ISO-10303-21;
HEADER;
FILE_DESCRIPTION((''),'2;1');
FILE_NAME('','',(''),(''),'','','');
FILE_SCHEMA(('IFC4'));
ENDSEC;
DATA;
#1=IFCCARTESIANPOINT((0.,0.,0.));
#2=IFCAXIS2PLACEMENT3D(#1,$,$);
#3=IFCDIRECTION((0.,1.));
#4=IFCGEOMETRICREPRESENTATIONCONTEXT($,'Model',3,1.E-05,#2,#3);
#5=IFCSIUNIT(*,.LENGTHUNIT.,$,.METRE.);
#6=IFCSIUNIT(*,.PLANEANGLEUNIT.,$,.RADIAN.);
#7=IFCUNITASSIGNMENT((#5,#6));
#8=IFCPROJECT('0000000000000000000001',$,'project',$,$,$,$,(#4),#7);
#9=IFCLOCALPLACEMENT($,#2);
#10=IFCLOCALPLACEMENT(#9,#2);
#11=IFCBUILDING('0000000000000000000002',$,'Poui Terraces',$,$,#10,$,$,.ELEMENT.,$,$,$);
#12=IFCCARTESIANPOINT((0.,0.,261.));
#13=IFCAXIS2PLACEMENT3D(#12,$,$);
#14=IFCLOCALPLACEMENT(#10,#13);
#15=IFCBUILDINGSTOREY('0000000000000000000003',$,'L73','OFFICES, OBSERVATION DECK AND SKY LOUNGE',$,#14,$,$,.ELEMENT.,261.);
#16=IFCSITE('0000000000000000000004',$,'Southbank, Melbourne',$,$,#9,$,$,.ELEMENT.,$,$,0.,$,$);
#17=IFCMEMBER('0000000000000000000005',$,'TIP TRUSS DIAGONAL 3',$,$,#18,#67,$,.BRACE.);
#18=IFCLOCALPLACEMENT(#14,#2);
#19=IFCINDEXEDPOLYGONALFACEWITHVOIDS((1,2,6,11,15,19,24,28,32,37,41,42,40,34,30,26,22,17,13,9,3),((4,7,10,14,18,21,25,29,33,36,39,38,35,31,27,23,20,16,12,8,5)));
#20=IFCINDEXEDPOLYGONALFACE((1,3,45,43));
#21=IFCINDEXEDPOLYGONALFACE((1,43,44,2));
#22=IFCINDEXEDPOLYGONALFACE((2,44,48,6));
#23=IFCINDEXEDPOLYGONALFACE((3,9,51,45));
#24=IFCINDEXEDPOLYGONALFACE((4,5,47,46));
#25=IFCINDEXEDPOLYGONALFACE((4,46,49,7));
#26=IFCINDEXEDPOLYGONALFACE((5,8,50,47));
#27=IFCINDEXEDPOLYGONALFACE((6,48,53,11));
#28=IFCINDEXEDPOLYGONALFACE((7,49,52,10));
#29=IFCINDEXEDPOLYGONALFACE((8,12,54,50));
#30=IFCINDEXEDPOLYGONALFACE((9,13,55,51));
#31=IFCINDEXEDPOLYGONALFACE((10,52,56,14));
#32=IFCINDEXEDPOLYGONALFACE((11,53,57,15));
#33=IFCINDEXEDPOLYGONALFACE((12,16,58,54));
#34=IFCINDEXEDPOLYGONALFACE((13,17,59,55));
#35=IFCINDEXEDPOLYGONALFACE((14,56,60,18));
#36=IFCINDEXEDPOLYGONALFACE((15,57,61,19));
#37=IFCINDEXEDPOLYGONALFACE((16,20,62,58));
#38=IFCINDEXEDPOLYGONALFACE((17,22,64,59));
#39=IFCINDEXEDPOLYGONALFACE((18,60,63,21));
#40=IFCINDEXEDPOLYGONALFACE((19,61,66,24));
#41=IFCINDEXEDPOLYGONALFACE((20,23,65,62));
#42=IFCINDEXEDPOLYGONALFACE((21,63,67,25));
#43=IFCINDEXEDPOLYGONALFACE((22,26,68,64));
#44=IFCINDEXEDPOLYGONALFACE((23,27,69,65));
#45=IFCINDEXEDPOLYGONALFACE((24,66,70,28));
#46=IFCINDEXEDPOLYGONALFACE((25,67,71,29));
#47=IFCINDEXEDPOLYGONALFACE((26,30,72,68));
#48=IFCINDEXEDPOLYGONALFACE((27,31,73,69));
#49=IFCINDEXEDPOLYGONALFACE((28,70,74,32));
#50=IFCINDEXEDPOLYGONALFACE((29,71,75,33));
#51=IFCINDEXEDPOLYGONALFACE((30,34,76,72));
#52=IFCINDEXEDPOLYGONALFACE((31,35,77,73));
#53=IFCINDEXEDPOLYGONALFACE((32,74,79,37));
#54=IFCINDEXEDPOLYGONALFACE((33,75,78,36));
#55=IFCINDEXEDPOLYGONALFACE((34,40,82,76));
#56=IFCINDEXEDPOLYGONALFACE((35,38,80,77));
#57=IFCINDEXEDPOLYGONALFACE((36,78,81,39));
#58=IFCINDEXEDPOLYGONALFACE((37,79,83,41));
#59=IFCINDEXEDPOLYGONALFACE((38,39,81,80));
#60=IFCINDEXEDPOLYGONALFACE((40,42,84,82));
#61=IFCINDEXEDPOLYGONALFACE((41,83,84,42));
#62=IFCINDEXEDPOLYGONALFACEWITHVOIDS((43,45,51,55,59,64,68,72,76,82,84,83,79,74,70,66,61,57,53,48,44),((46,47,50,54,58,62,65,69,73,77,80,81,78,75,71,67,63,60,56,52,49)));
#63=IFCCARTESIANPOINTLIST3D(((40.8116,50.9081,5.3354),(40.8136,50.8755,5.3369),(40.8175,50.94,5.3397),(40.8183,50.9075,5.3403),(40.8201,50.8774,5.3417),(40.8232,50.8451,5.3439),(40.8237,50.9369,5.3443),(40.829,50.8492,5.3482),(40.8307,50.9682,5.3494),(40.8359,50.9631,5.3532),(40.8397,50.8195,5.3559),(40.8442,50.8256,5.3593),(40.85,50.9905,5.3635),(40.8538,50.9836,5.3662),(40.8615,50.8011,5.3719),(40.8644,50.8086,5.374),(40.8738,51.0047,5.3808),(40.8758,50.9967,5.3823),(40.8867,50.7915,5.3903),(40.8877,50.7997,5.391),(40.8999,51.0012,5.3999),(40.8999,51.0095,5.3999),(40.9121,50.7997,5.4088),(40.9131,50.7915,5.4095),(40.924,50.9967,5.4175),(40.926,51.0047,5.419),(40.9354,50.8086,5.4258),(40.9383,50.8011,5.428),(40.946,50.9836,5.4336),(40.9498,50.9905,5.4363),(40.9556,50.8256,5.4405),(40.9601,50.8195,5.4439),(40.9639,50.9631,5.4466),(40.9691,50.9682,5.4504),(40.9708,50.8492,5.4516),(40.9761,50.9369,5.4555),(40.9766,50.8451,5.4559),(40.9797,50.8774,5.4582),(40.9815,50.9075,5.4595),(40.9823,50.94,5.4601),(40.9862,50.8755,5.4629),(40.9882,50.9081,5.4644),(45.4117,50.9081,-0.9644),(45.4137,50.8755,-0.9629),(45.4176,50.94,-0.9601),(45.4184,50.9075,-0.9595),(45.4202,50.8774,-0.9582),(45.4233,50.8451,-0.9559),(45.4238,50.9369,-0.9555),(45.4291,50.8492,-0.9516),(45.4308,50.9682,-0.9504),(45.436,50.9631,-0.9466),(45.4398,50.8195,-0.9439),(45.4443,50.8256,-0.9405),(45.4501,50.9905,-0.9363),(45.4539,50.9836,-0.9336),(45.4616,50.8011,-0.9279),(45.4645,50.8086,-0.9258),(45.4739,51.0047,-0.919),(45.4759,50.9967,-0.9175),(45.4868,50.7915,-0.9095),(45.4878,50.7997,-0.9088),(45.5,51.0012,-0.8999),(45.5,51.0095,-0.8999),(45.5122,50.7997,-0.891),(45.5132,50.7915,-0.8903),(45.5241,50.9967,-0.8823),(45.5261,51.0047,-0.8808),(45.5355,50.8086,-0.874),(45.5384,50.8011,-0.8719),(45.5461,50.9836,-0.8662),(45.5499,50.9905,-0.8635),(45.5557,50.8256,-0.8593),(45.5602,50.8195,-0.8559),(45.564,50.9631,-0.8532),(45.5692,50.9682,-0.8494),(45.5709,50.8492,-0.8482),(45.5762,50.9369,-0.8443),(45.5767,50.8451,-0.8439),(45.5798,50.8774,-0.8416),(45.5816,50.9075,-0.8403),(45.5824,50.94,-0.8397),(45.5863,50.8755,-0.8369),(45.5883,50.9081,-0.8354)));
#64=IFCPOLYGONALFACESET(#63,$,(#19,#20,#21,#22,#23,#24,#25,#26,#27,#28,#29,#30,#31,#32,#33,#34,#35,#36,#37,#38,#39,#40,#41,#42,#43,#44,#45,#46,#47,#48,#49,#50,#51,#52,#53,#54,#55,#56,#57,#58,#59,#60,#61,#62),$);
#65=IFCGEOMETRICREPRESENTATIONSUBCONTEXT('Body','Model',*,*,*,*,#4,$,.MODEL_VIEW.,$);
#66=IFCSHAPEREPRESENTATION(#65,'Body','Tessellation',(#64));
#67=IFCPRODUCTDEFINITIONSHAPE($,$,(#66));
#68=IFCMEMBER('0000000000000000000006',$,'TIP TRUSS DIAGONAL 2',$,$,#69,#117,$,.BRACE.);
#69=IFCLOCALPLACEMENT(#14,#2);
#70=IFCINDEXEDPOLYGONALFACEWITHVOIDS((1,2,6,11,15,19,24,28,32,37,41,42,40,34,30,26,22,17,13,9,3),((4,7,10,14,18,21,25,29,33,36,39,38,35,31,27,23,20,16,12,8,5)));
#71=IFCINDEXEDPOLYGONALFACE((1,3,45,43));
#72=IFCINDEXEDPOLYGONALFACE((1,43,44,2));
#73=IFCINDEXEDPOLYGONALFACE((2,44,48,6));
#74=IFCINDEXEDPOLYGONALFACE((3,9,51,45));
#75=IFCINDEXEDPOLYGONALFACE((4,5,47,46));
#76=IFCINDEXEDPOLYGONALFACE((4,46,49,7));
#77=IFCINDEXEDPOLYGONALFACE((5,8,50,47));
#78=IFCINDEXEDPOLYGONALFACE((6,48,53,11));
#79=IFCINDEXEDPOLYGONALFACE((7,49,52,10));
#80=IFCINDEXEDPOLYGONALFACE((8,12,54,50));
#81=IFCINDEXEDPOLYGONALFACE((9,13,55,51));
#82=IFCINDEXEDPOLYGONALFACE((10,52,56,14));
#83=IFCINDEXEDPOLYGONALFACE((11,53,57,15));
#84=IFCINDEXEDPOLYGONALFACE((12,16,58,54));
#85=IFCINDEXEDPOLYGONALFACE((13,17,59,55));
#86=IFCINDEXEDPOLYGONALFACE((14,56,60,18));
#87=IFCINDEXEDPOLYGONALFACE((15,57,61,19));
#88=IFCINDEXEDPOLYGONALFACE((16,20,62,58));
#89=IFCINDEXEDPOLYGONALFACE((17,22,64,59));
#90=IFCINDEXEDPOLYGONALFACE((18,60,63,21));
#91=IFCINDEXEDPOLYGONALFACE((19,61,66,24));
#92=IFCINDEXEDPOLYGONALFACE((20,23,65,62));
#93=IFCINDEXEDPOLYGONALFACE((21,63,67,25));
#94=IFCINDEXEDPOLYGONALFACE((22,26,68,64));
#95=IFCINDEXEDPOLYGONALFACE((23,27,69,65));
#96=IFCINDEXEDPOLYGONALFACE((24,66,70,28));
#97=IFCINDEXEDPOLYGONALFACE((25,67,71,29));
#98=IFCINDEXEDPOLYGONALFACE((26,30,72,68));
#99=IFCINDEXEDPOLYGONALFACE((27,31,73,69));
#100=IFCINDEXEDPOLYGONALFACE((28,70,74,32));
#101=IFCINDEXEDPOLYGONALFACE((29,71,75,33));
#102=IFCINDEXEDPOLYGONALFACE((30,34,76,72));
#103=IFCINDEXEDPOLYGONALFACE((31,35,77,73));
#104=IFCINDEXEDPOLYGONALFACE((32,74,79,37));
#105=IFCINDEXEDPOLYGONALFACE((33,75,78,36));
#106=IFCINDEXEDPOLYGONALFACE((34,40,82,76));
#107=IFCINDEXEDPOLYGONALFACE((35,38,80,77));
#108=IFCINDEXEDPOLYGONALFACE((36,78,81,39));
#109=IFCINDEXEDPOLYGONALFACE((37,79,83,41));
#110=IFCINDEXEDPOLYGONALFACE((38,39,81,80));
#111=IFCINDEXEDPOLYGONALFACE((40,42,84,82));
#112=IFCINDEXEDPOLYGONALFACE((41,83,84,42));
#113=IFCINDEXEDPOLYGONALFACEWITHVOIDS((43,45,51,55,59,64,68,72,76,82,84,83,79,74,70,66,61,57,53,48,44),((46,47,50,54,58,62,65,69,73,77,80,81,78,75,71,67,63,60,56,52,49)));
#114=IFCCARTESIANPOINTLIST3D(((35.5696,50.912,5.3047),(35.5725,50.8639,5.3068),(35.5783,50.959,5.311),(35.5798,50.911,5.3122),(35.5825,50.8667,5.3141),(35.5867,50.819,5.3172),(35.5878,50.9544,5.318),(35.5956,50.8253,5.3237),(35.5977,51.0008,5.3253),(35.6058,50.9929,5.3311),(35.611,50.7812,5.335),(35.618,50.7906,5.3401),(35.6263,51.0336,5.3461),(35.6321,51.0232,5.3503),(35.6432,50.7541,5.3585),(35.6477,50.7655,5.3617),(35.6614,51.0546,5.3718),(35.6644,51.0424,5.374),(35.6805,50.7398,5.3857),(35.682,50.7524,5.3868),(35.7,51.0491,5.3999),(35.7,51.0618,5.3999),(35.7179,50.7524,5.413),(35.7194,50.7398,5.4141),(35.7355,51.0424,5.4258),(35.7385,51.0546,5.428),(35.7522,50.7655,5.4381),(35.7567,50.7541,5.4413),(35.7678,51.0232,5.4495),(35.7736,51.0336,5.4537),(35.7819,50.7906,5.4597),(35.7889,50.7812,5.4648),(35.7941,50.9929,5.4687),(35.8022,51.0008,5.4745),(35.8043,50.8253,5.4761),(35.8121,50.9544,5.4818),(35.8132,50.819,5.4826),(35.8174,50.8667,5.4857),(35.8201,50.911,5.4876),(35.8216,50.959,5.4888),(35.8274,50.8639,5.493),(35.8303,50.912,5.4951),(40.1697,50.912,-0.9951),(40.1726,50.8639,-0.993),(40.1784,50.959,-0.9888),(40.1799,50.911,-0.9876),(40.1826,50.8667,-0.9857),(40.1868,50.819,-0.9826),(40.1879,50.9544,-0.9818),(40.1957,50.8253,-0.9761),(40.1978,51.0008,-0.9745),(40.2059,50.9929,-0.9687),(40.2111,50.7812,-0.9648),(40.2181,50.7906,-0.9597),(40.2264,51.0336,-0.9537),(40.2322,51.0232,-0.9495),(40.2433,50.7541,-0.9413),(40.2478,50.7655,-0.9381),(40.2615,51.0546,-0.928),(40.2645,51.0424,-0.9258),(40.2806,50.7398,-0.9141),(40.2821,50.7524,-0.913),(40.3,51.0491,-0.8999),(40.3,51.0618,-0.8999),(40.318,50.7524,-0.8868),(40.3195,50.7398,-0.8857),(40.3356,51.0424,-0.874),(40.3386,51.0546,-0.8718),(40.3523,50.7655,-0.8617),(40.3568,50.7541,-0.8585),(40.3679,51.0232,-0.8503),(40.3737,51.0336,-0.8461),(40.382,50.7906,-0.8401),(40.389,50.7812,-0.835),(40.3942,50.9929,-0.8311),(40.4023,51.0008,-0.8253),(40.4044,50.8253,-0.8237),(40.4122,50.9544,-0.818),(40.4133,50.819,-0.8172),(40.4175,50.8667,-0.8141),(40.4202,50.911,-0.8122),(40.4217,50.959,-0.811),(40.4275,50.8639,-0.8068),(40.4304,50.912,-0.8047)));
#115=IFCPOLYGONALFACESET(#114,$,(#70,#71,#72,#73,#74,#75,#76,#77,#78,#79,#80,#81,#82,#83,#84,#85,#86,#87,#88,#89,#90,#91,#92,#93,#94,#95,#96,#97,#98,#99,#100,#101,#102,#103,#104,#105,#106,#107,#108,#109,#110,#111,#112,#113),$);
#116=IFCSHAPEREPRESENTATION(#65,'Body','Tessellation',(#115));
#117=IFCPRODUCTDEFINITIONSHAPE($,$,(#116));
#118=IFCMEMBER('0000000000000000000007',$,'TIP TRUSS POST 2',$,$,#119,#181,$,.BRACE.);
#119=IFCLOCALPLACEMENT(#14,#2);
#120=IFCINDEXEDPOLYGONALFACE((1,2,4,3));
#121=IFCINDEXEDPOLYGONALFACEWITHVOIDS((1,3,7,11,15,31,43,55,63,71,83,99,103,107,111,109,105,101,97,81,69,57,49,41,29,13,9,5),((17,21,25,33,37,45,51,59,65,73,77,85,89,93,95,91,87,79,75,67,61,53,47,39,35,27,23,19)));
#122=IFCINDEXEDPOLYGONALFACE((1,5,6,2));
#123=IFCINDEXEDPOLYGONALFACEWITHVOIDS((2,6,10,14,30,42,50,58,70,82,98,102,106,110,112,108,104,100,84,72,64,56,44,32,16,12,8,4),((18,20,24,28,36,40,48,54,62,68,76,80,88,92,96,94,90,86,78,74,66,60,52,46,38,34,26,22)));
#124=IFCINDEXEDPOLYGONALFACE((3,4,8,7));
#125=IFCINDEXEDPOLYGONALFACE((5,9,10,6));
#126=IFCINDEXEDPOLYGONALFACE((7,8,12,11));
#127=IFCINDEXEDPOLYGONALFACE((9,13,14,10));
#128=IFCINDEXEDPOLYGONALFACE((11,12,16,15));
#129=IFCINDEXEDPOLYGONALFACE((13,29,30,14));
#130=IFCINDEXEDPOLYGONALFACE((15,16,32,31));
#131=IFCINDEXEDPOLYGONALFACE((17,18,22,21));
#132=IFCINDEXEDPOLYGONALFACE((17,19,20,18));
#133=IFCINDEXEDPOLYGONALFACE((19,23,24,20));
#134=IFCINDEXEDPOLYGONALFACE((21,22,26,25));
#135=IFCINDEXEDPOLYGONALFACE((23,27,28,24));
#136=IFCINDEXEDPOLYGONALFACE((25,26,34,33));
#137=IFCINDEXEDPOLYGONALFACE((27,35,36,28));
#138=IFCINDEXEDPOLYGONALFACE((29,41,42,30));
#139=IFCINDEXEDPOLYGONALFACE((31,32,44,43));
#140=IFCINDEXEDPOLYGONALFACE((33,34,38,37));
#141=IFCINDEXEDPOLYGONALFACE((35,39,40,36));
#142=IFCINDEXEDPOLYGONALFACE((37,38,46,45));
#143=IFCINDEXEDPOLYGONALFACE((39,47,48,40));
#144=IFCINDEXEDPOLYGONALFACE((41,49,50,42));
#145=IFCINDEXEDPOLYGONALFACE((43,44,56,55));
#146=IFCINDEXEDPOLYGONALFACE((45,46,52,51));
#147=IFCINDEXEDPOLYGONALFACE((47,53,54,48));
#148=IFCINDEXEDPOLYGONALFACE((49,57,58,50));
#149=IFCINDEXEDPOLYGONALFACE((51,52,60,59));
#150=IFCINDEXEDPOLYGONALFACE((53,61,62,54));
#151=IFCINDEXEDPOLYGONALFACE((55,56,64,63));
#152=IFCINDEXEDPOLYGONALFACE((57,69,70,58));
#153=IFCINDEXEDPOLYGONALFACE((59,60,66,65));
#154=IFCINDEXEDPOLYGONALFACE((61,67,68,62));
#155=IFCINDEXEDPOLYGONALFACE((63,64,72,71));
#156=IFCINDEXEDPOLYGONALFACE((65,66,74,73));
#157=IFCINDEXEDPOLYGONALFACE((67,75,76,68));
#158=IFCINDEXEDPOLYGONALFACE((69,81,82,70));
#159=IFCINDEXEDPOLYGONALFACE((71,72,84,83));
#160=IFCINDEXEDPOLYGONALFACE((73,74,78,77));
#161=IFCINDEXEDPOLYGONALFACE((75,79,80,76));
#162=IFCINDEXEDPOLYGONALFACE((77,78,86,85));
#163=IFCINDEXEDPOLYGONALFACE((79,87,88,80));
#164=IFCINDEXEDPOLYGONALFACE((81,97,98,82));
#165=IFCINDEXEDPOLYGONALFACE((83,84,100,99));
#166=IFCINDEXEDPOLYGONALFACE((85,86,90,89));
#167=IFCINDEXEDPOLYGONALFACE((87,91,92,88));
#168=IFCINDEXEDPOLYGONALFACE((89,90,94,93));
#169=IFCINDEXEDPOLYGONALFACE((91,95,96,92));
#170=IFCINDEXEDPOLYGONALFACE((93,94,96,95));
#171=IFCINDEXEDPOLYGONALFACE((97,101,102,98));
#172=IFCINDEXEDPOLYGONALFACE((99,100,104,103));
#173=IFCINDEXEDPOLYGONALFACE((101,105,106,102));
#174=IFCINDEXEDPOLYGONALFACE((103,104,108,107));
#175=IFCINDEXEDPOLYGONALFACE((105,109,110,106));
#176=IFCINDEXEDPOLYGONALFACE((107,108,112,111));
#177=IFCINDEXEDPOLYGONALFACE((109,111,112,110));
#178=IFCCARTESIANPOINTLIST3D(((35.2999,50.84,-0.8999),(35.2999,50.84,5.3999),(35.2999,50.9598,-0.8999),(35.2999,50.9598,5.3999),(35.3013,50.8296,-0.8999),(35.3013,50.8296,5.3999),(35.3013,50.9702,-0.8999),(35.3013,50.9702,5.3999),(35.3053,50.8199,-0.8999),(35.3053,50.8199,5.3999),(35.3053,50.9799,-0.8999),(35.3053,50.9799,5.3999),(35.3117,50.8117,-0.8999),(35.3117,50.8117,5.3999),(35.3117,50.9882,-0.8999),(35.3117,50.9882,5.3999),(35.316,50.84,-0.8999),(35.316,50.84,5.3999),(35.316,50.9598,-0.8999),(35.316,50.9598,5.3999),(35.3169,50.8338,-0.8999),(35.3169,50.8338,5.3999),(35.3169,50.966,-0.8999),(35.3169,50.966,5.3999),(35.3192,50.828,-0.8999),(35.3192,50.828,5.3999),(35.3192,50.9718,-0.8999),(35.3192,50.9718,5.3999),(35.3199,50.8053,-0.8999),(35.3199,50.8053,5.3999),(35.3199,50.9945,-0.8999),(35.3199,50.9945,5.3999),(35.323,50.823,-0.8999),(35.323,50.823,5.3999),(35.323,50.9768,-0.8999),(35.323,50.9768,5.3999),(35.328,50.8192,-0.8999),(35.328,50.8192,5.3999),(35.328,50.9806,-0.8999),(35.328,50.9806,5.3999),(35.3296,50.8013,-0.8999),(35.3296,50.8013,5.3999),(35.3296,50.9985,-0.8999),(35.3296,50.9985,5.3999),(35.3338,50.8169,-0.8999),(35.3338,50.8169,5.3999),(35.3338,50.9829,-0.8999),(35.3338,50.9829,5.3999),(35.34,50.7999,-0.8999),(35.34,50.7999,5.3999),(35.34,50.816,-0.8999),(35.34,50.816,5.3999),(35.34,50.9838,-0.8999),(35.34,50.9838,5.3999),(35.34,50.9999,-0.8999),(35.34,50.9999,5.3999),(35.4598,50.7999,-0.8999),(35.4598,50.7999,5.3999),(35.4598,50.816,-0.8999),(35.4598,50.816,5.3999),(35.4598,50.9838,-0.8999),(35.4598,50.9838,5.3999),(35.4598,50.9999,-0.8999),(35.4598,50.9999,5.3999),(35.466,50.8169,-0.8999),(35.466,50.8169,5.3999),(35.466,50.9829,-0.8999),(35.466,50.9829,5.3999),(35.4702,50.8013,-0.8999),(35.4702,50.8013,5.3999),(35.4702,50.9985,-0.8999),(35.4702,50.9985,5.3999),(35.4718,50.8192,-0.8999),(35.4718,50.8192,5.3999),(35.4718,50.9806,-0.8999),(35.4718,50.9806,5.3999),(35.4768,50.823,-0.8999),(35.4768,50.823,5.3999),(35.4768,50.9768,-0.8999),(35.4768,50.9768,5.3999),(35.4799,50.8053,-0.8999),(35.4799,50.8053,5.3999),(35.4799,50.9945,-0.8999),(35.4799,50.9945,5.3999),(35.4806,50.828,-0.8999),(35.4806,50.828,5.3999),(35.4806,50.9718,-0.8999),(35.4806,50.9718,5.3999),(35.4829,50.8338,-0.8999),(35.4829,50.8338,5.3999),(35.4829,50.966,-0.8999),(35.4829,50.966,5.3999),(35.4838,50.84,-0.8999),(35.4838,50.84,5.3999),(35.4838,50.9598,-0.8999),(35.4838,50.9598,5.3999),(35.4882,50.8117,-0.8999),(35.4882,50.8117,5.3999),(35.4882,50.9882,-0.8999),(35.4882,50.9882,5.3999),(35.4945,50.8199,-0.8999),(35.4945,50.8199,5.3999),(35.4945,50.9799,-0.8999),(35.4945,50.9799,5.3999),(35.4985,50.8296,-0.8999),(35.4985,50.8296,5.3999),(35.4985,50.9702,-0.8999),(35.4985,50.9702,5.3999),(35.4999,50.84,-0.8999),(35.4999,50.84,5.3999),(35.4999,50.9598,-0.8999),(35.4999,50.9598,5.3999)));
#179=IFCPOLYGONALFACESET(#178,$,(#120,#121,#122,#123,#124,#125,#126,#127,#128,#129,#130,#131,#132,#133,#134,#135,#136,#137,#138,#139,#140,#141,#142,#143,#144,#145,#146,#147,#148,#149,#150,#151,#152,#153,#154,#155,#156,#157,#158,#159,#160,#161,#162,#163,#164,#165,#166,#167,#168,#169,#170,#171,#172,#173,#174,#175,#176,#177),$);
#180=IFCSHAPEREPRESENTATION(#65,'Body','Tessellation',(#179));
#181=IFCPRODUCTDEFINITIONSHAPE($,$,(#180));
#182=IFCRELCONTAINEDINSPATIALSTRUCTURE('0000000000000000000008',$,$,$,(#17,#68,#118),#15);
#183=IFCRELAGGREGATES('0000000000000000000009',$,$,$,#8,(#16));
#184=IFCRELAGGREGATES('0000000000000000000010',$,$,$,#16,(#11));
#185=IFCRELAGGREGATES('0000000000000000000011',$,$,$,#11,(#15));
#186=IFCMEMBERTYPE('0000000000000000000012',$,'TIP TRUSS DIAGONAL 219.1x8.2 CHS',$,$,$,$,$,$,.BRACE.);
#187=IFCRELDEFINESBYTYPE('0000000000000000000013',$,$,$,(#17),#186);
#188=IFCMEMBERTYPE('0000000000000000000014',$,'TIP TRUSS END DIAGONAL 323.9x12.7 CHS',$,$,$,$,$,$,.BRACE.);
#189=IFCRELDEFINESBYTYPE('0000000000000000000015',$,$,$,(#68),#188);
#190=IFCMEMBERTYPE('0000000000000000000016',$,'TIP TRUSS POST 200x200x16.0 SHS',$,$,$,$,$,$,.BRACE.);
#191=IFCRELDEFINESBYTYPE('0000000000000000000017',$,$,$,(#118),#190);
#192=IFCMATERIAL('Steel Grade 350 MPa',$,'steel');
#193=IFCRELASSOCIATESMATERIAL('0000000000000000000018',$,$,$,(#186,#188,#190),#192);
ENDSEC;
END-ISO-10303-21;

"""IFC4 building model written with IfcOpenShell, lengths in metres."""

from ifc_helpers import new_model, si_unit, direction, frame, origin, origin_2d, place, context, subcontext, project, spatial, hollow_rectangle, hollow_circle, extrude, material, material_profile, profile_set, type_object, element, save


model = new_model("IFC4")

# Units and contexts
model_context = context("Model", 3, precision=1e-05, world=origin(), true_north=direction((0.0, 1.0)))
body_context = subcontext(model_context, "Body", "Model", "MODEL_VIEW")
ifc_project = project(units=[si_unit("LENGTHUNIT", "METRE"), si_unit("PLANEANGLEUNIT", "RADIAN")], contexts=[model_context])

# Site, building, storey
site_placement = place(None, origin())
site = spatial("IfcSite", under=ifc_project, at=site_placement, Name="Southbank, Melbourne", CompositionType="ELEMENT", RefElevation=0.0)
building_placement = place(site_placement, origin())
building = spatial("IfcBuilding", under=site, at=building_placement, Name="Poui Terraces", CompositionType="ELEMENT")
storey_placement = place(building_placement, frame((0.0, 0.0, 261.0)))
storey = spatial("IfcBuildingStorey", under=building, at=storey_placement, Name="L73", Description="OFFICES, OBSERVATION DECK AND SKY LOUNGE", CompositionType="ELEMENT", Elevation=261.0)

# Members
ifc_material_1 = material(Name="Steel Grade 350 MPa", Category="steel")
ifc_material_profile_1 = material_profile(ifc_material_1, hollow_circle(Radius=0.1096, WallThickness=0.0083, at=origin_2d()), Name="219.1x8.2 CHS")
ifc_profile_set_1 = profile_set([ifc_material_profile_1], Name="Steel Grade 350 MPa")
member_type_1 = type_object("IfcMemberType", Name="TIP TRUSS DIAGONAL 219.1x8.2 CHS", PredefinedType="BRACE", material=ifc_profile_set_1)
member_1_placement = place(storey_placement, frame((40.8999, 50.8999, 5.3999), z_axis=(0.589715, 0.0, -0.807611), x_axis=(0.0, 1.0, 0.0)))
element("IfcMember", 1, at=member_1_placement, inside=storey, type_object=member_type_1, Name="TIP TRUSS DIAGONAL 3", PredefinedType="BRACE", context=body_context, shape_type="SweptSolid", body=[
    extrude(hollow_circle(Radius=0.1096, WallThickness=0.0083, at=origin_2d()), origin(), (0.0, 0.0, 1.0), 7.8005),
])
ifc_material_profile_2 = material_profile(ifc_material_1, hollow_circle(Radius=0.1619, WallThickness=0.0127, at=origin_2d()), Name="323.9x12.7 CHS")
ifc_profile_set_2 = profile_set([ifc_material_profile_2], Name="Steel Grade 350 MPa")
member_type_2 = type_object("IfcMemberType", Name="TIP TRUSS END DIAGONAL 323.9x12.7 CHS", PredefinedType="BRACE", material=ifc_profile_set_2)
member_2_placement = place(storey_placement, frame((35.7, 50.8999, 5.3999), z_axis=(0.589715, 0.0, -0.807611), x_axis=(0.0, 1.0, 0.0)))
element("IfcMember", 2, at=member_2_placement, inside=storey, type_object=member_type_2, Name="TIP TRUSS DIAGONAL 2", PredefinedType="BRACE", context=body_context, shape_type="SweptSolid", body=[
    extrude(hollow_circle(Radius=0.1619, WallThickness=0.0127, at=origin_2d()), origin(), (0.0, 0.0, 1.0), 7.8005),
])
ifc_material_profile_3 = material_profile(ifc_material_1, hollow_rectangle(XDim=0.2, YDim=0.2, WallThickness=0.0161, InnerFilletRadius=0.0239, OuterFilletRadius=0.04, at=origin_2d()), Name="200x200x16.0 SHS")
ifc_profile_set_3 = profile_set([ifc_material_profile_3], Name="Steel Grade 350 MPa")
member_type_3 = type_object("IfcMemberType", Name="TIP TRUSS POST 200x200x16.0 SHS", PredefinedType="BRACE", material=ifc_profile_set_3)
for number, where, z_axis, x_axis, name in (
    (3, (35.3999, 50.8999, -0.8999), (0.0, 0.0, 1.0), (1.0, 0.0, 0.0), "TIP TRUSS POST 2"),
):
    element("IfcMember", number, at=place(storey_placement, frame(where, z_axis=z_axis, x_axis=x_axis)), inside=storey, type_object=member_type_3, Name=name, PredefinedType="BRACE", context=body_context, shape_type="SweptSolid", body=[
        extrude(hollow_rectangle(XDim=0.2, YDim=0.2, WallThickness=0.0161, InnerFilletRadius=0.0239, OuterFilletRadius=0.04, at=origin_2d()), origin(), (0.0, 0.0, 1.0), 6.2998),
    ])

save(model, "model.ifc")
